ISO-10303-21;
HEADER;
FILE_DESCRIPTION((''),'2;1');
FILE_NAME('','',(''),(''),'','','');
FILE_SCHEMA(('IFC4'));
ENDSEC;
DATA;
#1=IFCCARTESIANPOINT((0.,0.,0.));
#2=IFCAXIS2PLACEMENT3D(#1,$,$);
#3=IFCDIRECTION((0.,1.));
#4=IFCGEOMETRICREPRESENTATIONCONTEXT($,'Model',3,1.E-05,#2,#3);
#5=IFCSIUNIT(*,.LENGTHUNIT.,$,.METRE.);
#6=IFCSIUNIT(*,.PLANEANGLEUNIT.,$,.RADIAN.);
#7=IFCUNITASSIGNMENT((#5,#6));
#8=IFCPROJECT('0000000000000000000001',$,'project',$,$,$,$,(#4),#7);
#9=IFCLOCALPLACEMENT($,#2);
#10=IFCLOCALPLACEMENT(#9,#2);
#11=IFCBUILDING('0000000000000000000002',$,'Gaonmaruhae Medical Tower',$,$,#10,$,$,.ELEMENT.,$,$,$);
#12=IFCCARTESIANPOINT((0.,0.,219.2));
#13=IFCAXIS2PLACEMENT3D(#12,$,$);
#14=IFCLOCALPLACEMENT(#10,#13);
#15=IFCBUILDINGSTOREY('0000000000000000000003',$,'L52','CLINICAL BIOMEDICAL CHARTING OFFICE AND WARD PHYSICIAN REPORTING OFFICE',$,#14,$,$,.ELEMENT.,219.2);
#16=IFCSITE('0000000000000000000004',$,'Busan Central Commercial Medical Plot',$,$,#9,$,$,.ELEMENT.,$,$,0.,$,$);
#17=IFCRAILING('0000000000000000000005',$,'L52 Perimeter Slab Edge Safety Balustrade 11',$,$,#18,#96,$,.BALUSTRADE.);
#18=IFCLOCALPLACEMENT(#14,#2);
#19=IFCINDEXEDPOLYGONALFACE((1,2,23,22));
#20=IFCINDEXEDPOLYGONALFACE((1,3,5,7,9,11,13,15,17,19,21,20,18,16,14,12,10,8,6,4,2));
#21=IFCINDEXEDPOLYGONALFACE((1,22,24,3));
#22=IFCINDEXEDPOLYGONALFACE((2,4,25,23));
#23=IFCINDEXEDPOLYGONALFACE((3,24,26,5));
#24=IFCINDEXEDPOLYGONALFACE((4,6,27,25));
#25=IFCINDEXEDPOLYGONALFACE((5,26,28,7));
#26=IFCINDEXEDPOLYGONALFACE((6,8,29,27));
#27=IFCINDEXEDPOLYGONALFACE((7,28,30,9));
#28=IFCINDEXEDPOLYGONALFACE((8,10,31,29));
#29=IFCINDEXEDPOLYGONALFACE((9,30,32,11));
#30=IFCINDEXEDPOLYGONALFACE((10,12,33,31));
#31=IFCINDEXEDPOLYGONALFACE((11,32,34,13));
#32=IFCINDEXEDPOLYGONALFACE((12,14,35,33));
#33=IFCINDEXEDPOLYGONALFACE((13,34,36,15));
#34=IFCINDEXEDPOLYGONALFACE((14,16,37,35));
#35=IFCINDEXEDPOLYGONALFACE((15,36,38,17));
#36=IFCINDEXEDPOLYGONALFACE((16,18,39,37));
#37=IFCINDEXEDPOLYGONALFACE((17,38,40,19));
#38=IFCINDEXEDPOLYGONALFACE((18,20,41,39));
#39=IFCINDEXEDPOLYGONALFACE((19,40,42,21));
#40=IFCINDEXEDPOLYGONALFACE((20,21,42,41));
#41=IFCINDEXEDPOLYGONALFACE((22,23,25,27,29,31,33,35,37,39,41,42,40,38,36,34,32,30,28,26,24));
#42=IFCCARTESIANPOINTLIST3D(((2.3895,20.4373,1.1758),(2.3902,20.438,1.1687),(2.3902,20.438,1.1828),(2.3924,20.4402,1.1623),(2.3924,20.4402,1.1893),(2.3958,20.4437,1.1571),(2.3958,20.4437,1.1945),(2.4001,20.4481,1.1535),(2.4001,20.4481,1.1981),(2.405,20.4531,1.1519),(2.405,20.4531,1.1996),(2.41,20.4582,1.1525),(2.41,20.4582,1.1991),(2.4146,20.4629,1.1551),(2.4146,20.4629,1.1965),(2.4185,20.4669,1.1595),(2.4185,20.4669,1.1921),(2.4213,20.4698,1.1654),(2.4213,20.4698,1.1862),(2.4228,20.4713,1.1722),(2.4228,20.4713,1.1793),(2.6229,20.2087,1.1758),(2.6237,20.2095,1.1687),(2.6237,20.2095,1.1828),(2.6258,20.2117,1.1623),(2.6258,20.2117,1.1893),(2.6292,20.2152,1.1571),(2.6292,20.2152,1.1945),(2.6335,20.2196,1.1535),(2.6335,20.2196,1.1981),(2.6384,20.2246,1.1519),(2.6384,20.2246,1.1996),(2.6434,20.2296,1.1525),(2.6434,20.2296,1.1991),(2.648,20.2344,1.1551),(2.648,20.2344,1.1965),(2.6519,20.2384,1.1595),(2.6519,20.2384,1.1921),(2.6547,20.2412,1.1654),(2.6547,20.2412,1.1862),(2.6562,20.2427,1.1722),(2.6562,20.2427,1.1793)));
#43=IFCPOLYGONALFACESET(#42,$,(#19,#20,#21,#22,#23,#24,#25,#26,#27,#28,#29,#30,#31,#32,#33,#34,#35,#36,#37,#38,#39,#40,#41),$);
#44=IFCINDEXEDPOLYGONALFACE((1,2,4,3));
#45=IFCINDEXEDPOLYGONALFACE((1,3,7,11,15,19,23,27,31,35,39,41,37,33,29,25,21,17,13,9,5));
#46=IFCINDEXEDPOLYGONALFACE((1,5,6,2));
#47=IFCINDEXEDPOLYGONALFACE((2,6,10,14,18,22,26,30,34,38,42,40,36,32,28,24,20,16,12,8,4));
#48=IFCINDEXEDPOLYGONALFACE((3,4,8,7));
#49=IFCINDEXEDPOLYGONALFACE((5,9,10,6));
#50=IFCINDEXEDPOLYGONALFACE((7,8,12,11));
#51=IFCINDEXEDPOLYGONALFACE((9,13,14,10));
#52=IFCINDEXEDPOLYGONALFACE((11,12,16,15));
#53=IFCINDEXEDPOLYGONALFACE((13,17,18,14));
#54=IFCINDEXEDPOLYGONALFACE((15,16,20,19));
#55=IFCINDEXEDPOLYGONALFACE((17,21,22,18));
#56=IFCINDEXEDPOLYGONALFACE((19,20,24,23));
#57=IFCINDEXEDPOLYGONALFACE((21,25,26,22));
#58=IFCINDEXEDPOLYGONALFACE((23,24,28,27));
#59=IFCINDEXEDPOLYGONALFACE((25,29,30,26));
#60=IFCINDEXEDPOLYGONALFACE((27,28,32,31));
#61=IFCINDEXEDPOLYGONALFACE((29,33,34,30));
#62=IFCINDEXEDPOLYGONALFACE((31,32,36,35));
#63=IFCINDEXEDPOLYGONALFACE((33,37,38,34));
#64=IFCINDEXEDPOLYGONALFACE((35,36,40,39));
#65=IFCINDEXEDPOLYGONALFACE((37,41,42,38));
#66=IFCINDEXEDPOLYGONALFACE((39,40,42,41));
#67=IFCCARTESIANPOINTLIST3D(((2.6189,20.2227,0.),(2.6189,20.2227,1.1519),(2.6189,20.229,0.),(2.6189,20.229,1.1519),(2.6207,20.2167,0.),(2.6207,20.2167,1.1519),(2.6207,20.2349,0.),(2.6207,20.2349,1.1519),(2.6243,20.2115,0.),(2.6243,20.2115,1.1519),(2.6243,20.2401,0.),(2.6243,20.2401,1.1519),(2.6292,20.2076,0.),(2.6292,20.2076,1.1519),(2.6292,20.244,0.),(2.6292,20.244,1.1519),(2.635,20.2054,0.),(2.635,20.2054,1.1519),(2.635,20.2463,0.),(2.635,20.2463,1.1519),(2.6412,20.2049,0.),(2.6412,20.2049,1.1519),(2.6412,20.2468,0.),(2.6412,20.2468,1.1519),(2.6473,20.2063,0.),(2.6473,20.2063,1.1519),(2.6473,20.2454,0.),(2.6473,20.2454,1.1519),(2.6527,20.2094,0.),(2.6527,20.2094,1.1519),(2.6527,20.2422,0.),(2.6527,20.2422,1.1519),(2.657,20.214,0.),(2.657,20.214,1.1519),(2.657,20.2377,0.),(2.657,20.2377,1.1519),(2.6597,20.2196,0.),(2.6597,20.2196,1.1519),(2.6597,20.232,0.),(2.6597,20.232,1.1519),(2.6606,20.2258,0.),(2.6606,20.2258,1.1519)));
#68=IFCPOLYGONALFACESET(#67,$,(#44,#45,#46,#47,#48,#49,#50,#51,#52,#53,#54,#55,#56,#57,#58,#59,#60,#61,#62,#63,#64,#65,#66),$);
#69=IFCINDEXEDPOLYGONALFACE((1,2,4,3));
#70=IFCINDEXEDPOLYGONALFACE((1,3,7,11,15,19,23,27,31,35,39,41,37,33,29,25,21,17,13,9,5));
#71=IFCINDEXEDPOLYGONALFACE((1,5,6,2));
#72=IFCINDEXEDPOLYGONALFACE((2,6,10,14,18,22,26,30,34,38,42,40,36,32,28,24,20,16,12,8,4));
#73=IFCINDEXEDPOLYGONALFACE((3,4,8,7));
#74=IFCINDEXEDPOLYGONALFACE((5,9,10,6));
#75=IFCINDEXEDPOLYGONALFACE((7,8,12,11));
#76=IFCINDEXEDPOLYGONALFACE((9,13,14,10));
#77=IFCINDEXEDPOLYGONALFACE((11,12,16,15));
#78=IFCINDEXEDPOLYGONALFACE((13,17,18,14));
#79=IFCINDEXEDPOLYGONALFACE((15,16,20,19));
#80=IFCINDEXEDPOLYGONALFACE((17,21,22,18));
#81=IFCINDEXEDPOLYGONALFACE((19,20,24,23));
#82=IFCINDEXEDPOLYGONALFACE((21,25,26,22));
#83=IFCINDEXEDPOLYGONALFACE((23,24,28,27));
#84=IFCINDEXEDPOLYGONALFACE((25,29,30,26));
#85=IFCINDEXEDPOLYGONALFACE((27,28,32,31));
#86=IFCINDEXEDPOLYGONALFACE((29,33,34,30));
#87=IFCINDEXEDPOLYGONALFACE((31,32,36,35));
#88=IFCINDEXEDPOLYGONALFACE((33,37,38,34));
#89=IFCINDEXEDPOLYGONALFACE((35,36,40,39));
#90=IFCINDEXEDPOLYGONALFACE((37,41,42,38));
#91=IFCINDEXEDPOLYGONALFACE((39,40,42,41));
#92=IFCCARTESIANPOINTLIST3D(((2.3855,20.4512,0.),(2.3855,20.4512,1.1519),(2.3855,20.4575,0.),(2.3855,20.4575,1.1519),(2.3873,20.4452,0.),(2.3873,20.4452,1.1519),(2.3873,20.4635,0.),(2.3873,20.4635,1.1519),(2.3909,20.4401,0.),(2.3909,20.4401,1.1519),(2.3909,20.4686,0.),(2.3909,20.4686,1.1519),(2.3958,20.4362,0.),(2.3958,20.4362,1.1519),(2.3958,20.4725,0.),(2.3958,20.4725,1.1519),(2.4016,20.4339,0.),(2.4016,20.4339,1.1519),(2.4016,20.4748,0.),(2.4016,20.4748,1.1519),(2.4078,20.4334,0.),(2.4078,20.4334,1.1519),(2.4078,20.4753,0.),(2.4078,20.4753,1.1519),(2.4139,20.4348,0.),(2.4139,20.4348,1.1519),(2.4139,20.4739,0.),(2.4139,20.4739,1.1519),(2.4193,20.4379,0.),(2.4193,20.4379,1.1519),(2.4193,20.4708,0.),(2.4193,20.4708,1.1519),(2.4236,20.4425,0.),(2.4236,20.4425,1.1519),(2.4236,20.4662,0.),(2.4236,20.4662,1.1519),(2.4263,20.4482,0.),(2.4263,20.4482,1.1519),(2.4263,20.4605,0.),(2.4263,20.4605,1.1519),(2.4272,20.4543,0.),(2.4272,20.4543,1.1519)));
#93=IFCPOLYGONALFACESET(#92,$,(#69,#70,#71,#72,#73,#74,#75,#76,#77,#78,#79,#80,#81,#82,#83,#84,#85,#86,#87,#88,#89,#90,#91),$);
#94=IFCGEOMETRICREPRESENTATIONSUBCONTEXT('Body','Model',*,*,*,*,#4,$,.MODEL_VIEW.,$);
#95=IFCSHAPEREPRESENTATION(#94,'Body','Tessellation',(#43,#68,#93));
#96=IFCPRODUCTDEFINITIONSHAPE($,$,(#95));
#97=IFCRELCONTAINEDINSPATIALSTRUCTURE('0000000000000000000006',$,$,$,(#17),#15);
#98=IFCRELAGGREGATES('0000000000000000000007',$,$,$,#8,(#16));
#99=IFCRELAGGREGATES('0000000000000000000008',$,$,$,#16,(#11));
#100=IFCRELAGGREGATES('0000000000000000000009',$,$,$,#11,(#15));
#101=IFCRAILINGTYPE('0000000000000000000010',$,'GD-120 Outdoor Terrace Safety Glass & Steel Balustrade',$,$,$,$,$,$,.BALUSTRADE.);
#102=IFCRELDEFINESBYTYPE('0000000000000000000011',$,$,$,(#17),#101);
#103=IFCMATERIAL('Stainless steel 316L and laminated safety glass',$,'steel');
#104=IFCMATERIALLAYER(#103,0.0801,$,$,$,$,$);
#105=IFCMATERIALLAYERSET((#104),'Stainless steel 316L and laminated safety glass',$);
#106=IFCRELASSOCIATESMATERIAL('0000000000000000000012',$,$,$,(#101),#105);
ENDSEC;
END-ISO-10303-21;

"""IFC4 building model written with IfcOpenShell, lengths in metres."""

from ifc_helpers import new_model, si_unit, direction, frame, origin, origin_2d, place, context, subcontext, project, spatial, circle, extrude, material, layer, layer_set, type_object, element, save


model = new_model("IFC4")

# Units and contexts
model_context = context("Model", 3, precision=1e-05, world=origin(), true_north=direction((0.0, 1.0)))
body_context = subcontext(model_context, "Body", "Model", "MODEL_VIEW")
ifc_project = project(units=[si_unit("LENGTHUNIT", "METRE"), si_unit("PLANEANGLEUNIT", "RADIAN")], contexts=[model_context])

# Site, building, storey
site_placement = place(None, origin())
site = spatial("IfcSite", under=ifc_project, at=site_placement, Name="Busan Central Commercial Medical Plot", CompositionType="ELEMENT", RefElevation=0.0)
building_placement = place(site_placement, origin())
building = spatial("IfcBuilding", under=site, at=building_placement, Name="Gaonmaruhae Medical Tower", CompositionType="ELEMENT")
storey_placement = place(building_placement, frame((0.0, 0.0, 219.2)))
storey = spatial("IfcBuildingStorey", under=building, at=storey_placement, Name="L52", Description="CLINICAL BIOMEDICAL CHARTING OFFICE AND WARD PHYSICIAN REPORTING OFFICE", CompositionType="ELEMENT", Elevation=219.2)

# Railing
ifc_material_1 = material(Name="Stainless steel 316L and laminated safety glass", Category="steel")
ifc_layer_1 = layer(ifc_material_1, 0.0801)
ifc_layer_set_1 = layer_set([ifc_layer_1], Name="Stainless steel 316L and laminated safety glass")
railing_type = type_object("IfcRailingType", Name="GD-120 Outdoor Terrace Safety Glass & Steel Balustrade", PredefinedType="BALUSTRADE", material=ifc_layer_set_1)
railing_1_placement = place(storey_placement, frame((2.6396, 20.2258, 0.0)))
element("IfcRailing", 1, at=railing_1_placement, inside=storey, type_object=railing_type, Name="L52 Perimeter Slab Edge Safety Balustrade 11", PredefinedType="BALUSTRADE", context=body_context, shape_type="SweptSolid", body=[
    extrude(circle(Radius=0.0239, at=origin_2d()), frame((0.0, 0.0, 1.1758), z_axis=(-0.714542, 0.699593, 0.0), x_axis=(-0.699593, -0.714542, 0.0)), (0.0, 0.0, 1.0), 0.3267),
    extrude(circle(Radius=0.021, at=origin_2d()), origin(), (0.0, 0.0, 1.0), 1.1519),
    extrude(circle(Radius=0.021, at=origin_2d()), frame((-0.2334, 0.2285, 0.0)), (0.0, 0.0, 1.0), 1.1519),
])

save(model, "model.ifc")
